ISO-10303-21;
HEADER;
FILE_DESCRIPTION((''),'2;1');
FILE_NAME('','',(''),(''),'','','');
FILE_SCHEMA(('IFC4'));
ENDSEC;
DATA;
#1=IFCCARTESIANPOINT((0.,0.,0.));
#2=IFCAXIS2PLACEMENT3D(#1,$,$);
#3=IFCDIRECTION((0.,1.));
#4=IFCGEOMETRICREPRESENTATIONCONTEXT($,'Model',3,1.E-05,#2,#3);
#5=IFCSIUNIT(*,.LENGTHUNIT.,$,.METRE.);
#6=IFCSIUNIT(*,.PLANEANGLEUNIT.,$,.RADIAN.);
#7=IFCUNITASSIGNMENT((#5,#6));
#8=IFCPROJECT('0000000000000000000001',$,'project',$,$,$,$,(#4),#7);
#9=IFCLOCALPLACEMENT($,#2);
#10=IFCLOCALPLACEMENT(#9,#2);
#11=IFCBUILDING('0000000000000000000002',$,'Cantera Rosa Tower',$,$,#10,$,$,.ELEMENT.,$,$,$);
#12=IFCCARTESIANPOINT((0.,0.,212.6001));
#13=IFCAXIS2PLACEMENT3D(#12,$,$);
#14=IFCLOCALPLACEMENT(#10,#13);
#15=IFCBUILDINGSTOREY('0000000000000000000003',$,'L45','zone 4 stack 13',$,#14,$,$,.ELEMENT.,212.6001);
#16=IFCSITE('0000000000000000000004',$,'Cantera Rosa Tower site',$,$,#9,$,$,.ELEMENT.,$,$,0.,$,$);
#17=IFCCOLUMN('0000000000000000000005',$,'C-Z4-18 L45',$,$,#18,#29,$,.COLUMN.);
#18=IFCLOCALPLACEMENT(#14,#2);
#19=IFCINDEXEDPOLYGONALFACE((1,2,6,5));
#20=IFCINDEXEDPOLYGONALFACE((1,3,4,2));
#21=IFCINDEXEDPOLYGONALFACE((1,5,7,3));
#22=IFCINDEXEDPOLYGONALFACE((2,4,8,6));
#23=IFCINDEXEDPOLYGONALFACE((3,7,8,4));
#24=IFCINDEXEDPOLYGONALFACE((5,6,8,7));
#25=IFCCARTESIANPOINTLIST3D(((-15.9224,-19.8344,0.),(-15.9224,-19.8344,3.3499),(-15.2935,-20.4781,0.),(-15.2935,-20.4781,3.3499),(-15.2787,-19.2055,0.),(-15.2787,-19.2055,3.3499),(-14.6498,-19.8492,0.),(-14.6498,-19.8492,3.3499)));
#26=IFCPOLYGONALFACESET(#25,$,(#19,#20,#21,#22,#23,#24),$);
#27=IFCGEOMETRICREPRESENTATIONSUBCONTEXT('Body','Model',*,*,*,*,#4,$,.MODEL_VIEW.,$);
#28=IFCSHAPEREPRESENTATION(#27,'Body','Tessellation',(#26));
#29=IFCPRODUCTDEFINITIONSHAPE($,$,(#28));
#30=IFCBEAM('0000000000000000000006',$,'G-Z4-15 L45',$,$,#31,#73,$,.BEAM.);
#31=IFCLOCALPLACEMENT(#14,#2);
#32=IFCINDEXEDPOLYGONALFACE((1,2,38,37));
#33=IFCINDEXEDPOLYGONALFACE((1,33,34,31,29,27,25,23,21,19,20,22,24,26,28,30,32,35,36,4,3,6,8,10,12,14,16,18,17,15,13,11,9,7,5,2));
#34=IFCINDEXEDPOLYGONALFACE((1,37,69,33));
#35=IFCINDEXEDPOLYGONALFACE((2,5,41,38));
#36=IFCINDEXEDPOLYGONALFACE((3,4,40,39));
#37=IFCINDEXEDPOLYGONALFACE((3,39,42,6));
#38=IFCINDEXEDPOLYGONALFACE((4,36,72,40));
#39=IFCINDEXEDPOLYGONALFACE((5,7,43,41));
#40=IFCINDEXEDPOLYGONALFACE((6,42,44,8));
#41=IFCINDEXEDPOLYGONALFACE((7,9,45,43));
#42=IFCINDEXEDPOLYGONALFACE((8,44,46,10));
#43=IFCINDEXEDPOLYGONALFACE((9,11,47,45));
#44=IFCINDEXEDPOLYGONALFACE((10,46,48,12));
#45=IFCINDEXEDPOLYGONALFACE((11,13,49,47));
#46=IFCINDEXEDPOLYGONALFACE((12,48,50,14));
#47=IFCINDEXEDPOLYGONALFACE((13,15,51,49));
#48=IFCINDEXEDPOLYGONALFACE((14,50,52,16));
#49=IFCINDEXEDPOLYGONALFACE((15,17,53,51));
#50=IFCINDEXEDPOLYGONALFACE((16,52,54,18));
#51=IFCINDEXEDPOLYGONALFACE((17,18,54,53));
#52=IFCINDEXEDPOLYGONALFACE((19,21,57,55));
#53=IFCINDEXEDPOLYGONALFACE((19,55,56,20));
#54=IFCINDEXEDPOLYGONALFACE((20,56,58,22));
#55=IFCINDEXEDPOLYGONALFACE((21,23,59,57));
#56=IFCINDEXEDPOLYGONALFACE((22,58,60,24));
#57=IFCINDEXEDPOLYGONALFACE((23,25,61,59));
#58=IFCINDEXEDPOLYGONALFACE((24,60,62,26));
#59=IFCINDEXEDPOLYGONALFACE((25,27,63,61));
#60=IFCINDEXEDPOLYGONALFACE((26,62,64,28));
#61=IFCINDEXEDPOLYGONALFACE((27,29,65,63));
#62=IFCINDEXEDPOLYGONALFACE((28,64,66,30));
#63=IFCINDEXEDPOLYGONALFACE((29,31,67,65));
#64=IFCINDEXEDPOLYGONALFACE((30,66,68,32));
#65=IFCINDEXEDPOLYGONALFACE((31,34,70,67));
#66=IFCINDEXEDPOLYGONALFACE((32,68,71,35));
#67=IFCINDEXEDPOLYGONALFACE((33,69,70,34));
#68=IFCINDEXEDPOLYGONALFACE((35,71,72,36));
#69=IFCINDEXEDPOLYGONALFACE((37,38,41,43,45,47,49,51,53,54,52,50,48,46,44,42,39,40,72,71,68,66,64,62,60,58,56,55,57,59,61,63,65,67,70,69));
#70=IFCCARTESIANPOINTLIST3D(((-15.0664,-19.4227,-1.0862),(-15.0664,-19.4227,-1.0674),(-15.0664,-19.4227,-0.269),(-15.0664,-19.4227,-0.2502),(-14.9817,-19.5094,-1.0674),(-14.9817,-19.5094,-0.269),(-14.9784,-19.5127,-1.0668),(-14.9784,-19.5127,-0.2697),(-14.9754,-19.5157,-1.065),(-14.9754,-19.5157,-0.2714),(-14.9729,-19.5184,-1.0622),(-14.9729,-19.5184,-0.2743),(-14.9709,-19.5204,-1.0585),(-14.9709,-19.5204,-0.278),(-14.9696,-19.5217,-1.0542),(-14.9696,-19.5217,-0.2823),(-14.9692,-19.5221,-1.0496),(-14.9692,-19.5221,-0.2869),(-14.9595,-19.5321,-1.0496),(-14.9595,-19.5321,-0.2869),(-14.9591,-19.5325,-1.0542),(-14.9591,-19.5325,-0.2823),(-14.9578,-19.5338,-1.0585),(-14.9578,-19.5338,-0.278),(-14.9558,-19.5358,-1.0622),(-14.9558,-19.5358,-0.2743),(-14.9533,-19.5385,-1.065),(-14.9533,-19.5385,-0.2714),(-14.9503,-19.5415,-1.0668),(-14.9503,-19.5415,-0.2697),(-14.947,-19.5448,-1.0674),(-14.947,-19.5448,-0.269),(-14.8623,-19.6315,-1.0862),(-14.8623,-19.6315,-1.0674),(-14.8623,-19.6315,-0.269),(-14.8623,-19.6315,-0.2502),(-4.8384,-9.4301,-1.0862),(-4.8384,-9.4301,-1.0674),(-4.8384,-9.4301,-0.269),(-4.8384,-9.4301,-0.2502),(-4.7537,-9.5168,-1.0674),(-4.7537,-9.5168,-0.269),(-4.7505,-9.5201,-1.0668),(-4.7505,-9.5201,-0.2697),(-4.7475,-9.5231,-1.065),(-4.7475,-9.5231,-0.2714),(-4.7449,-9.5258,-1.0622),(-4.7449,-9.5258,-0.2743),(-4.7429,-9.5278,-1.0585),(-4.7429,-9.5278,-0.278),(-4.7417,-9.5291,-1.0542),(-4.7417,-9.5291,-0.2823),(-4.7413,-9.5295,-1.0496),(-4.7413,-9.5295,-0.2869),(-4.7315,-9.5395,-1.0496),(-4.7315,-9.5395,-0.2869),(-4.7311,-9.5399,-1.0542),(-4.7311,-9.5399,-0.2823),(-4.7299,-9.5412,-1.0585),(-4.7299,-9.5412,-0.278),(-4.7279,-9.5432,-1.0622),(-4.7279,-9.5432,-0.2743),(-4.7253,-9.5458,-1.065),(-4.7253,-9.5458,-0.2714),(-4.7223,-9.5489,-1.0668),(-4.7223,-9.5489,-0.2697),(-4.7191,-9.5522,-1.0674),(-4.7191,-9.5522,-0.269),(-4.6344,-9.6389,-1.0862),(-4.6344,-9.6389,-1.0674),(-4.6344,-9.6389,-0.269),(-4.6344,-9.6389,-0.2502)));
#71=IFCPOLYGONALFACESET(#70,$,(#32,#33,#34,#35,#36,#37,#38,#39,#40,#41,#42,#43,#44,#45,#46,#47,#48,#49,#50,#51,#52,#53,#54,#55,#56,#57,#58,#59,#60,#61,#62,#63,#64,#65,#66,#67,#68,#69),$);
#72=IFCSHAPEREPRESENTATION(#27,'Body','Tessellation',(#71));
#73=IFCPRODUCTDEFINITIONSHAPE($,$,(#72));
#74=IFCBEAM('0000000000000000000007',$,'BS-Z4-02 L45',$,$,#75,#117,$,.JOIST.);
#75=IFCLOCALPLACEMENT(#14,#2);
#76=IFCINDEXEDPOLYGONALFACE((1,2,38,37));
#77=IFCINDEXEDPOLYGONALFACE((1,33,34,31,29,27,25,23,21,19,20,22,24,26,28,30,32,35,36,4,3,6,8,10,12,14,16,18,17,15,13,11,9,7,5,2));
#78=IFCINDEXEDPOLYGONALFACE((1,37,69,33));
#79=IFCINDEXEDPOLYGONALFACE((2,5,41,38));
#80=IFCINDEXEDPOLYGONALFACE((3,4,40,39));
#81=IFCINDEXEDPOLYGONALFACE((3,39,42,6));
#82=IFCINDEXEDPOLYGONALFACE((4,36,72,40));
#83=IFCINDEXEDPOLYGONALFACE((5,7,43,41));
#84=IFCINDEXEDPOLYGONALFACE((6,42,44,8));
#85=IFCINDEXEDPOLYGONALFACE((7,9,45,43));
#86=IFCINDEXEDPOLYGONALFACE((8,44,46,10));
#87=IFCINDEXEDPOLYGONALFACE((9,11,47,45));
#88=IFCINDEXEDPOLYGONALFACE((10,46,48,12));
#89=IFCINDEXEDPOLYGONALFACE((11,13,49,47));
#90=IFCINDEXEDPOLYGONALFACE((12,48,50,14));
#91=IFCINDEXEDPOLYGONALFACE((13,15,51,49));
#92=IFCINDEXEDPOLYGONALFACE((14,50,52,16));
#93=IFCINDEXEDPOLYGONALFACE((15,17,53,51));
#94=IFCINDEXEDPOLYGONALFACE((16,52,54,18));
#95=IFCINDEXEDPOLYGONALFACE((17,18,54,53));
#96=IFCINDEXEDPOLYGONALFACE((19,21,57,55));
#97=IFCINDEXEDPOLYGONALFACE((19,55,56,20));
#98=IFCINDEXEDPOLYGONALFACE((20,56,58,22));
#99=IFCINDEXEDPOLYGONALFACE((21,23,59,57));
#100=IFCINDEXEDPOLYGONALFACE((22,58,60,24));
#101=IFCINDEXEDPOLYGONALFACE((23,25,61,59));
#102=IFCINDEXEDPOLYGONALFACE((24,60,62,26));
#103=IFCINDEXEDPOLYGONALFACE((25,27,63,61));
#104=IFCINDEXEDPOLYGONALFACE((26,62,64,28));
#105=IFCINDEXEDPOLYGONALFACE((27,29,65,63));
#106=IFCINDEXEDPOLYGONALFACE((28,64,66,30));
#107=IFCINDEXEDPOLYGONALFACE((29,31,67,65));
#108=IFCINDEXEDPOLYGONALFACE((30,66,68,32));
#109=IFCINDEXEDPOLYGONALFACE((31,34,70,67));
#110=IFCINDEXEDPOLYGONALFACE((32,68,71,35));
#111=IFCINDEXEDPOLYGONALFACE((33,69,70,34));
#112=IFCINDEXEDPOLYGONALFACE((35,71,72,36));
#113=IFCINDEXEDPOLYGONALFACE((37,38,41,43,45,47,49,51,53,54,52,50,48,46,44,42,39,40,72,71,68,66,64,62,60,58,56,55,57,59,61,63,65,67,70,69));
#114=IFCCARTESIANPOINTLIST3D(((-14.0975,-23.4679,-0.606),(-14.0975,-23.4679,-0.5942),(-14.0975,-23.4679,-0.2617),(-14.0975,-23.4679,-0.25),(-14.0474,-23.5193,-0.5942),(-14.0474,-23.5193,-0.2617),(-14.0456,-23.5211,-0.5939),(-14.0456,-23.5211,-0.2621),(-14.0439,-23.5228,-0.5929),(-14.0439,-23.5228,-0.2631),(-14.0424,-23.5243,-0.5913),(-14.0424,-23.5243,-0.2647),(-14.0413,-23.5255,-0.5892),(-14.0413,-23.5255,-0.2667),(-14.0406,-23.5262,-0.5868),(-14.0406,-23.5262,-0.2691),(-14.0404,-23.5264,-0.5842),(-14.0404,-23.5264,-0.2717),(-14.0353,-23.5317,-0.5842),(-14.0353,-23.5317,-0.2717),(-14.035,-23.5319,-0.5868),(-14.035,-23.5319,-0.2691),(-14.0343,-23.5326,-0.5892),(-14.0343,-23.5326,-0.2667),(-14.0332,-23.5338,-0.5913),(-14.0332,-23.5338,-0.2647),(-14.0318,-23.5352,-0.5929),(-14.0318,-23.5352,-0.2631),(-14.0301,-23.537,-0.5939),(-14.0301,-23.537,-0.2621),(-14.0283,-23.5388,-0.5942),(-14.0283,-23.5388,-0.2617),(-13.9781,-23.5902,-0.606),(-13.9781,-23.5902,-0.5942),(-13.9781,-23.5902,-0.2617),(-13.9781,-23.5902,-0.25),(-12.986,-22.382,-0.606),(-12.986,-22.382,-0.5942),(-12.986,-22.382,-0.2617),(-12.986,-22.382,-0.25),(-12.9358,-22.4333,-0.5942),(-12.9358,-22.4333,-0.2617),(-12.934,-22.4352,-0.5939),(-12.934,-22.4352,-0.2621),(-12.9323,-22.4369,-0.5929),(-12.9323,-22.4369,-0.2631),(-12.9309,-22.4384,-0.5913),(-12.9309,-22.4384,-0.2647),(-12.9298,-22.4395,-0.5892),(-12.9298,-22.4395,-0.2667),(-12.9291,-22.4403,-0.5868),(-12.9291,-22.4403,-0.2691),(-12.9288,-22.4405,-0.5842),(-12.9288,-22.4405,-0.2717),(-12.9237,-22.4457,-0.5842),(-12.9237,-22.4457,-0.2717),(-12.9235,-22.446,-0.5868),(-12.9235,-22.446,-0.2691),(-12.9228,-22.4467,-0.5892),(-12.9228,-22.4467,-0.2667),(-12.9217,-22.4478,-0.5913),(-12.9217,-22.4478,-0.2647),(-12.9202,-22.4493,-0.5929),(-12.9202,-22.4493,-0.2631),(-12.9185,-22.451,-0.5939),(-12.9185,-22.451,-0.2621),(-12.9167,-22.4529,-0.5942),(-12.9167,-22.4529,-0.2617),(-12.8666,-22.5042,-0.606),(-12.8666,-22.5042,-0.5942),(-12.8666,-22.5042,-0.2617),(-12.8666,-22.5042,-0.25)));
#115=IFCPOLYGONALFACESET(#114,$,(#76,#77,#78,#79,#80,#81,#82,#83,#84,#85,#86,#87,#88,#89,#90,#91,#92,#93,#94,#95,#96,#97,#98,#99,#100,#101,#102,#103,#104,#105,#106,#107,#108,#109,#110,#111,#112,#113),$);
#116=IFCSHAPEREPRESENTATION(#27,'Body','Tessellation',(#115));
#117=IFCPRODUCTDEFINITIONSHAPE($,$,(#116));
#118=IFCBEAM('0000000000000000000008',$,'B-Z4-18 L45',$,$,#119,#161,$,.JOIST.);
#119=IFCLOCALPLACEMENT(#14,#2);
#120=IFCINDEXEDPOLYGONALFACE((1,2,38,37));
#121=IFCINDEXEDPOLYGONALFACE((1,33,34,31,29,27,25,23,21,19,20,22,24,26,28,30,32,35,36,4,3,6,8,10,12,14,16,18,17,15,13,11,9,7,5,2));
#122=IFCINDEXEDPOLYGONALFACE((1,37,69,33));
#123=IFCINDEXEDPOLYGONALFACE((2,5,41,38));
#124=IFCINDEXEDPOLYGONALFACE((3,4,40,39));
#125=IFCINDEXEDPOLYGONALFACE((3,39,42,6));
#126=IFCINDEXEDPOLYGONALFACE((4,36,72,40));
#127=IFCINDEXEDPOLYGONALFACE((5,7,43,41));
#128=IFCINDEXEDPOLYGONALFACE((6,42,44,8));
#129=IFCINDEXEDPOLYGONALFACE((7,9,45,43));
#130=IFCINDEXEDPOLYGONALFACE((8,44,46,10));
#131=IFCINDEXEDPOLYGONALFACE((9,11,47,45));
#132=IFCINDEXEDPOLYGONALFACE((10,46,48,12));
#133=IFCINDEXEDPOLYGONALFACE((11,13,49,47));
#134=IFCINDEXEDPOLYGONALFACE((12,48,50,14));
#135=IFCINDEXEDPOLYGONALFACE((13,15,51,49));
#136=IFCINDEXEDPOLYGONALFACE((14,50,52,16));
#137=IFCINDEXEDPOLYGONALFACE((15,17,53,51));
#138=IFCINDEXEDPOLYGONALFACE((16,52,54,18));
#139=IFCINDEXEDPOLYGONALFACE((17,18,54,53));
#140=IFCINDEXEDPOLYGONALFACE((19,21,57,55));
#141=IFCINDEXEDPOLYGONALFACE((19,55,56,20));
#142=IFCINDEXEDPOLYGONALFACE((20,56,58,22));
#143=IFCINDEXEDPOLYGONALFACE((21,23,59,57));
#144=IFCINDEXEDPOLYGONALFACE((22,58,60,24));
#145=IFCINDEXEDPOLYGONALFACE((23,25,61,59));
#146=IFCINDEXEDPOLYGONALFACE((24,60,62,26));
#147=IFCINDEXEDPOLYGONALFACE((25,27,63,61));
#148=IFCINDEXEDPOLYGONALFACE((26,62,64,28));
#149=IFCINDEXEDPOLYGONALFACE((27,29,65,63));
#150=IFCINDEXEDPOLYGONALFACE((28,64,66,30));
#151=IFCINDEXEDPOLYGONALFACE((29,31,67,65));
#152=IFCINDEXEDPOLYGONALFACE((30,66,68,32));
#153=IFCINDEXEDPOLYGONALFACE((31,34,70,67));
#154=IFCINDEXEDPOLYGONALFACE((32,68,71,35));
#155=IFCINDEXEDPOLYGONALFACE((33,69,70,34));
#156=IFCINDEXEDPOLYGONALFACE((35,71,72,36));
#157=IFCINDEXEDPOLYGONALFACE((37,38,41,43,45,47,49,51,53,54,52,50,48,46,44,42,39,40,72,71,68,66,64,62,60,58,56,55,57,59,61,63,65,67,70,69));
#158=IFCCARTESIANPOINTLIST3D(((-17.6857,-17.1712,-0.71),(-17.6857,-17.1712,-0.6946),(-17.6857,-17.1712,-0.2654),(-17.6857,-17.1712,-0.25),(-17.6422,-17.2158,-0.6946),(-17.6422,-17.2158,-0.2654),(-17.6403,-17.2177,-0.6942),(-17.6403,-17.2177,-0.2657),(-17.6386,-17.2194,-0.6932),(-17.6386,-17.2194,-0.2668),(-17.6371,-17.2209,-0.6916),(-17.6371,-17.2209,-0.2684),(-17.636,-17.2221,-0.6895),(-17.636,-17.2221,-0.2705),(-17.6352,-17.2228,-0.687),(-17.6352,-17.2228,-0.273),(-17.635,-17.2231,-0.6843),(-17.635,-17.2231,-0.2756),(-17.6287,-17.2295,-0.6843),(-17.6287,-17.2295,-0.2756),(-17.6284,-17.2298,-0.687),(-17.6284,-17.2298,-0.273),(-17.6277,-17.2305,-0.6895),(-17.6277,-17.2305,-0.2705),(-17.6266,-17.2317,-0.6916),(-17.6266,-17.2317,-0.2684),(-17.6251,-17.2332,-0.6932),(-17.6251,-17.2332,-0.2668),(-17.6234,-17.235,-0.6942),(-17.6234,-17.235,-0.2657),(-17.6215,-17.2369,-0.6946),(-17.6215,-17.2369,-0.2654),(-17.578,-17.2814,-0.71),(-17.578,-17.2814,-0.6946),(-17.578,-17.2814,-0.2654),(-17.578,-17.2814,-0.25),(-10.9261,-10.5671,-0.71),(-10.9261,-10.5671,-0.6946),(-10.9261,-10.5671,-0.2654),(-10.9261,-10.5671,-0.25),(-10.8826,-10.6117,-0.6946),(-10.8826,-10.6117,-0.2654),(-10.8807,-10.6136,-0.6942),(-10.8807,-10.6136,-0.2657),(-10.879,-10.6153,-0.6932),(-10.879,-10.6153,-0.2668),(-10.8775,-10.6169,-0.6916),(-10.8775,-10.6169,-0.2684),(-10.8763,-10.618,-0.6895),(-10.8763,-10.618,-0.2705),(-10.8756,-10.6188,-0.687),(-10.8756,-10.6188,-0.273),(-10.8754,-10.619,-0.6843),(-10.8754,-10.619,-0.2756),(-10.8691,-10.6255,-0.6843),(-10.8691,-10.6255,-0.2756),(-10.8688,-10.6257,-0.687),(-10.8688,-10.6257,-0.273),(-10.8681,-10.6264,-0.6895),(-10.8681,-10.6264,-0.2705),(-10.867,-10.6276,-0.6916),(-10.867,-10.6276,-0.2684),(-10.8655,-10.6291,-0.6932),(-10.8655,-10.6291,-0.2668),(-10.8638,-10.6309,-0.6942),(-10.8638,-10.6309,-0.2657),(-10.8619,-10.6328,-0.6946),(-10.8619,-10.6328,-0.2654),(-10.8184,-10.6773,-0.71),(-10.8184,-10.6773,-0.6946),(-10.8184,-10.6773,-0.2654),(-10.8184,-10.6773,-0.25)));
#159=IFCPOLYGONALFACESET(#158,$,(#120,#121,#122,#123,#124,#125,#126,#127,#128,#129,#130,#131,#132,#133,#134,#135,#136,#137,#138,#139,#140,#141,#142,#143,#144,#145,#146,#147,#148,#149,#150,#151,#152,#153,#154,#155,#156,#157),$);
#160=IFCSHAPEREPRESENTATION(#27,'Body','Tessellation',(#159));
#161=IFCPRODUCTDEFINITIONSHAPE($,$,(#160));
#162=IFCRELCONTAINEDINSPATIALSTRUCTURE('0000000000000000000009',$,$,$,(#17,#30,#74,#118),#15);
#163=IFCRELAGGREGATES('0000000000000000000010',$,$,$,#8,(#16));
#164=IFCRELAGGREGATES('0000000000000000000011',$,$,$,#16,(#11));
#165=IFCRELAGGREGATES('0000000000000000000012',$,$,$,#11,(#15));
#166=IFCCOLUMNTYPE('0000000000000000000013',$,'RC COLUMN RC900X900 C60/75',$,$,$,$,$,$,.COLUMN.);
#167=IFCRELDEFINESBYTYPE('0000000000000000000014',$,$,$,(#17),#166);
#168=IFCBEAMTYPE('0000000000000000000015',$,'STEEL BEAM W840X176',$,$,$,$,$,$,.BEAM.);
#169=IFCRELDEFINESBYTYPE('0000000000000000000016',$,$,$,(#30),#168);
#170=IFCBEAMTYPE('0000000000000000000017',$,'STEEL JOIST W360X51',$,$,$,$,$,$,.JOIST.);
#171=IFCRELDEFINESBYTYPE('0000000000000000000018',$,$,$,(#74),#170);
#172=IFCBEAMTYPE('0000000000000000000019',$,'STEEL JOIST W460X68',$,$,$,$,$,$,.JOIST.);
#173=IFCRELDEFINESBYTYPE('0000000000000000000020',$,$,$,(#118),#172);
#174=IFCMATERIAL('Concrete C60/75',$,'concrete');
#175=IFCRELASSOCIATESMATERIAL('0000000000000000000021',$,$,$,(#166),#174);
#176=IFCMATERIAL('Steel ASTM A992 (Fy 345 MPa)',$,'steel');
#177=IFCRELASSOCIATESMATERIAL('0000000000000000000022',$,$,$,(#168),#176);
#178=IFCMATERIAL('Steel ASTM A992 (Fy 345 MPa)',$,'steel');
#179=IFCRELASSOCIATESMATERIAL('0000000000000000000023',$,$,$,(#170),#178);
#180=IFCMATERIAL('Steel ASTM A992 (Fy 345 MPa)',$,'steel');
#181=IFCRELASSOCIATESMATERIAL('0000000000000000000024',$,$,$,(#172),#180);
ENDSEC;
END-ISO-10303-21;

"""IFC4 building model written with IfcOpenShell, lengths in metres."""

from ifc_helpers import new_model, si_unit, direction, frame, origin, origin_2d, place, context, subcontext, project, spatial, rectangle, i_section, extrude, material, material_profile, profile_set, type_object, element, save


model = new_model("IFC4")

# Units and contexts
model_context = context("Model", 3, precision=1e-05, world=origin(), true_north=direction((0.0, 1.0)))
body_context = subcontext(model_context, "Body", "Model", "MODEL_VIEW")
ifc_project = project(units=[si_unit("LENGTHUNIT", "METRE"), si_unit("PLANEANGLEUNIT", "RADIAN")], contexts=[model_context])

# Site, building, storey
site_placement = place(None, origin())
site = spatial("IfcSite", under=ifc_project, at=site_placement, Name="Cantera Rosa Tower site", CompositionType="ELEMENT", RefElevation=0.0)
building_placement = place(site_placement, origin())
building = spatial("IfcBuilding", under=site, at=building_placement, Name="Cantera Rosa Tower", CompositionType="ELEMENT")
storey_placement = place(building_placement, frame((0.0, 0.0, 212.6001)))
storey = spatial("IfcBuildingStorey", under=building, at=storey_placement, Name="L45", Description="zone 4 stack 13", CompositionType="ELEMENT", Elevation=212.6001)

# Column
ifc_material_1 = material(Name="Concrete C60/75", Category="concrete")
ifc_material_profile_1 = material_profile(ifc_material_1, rectangle(XDim=0.8999, YDim=0.8999, at=origin_2d()), Name="RC COLUMN RC900X900 C60/75")
ifc_profile_set_1 = profile_set([ifc_material_profile_1], Name="Concrete C60/75")
column_type = type_object("IfcColumnType", Name="RC COLUMN RC900X900 C60/75", PredefinedType="COLUMN", material=ifc_profile_set_1)
column_placement = place(storey_placement, frame((-15.2861, -19.8418, 0.0), z_axis=(0.0, 0.0, 1.0), x_axis=(0.715286, 0.698832, 0.0)))
element("IfcColumn", 1, at=column_placement, inside=storey, type_object=column_type, Name="C-Z4-18 L45", PredefinedType="COLUMN", context=body_context, shape_type="SweptSolid", body=[
    extrude(rectangle(XDim=0.8999, YDim=0.8999, at=origin_2d()), origin(), (0.0, 0.0, 1.0), 3.3499),
])

# Beams
ifc_material_2 = material(Name="Steel ASTM A992 (Fy 345 MPa)", Category="steel")
ifc_material_profile_2 = material_profile(ifc_material_2, i_section(OverallWidth=0.292, OverallDepth=0.8359, WebThickness=0.0139, FlangeThickness=0.0188, FilletRadius=0.0178, at=origin_2d()), Name="W840X176")
ifc_profile_set_2 = profile_set([ifc_material_profile_2], Name="Steel ASTM A992 (Fy 345 MPa)")
beam_type_1 = type_object("IfcBeamType", Name="STEEL BEAM W840X176", PredefinedType="BEAM", material=ifc_profile_set_2)
beam_1_placement = place(storey_placement, frame((-14.9644, -19.5271, -0.6682), z_axis=(0.715288, 0.698829, 0.0), x_axis=(-0.698829, 0.715288, 0.0)))
element("IfcBeam", 2, at=beam_1_placement, inside=storey, type_object=beam_type_1, Name="G-Z4-15 L45", PredefinedType="BEAM", context=body_context, shape_type="SweptSolid", body=[
    extrude(i_section(OverallWidth=0.292, OverallDepth=0.8359, WebThickness=0.0139, FlangeThickness=0.0188, FilletRadius=0.0178, at=origin_2d()), origin(), (0.0, 0.0, 1.0), 14.2991),
])
ifc_material_3 = material(Name="Steel ASTM A992 (Fy 345 MPa)", Category="steel")
ifc_material_profile_3 = material_profile(ifc_material_3, i_section(OverallWidth=0.1709, OverallDepth=0.356, WebThickness=0.0073, FlangeThickness=0.0117, FilletRadius=0.01, at=origin_2d()), Name="W360X51")
ifc_profile_set_3 = profile_set([ifc_material_profile_3], Name="Steel ASTM A992 (Fy 345 MPa)")
beam_type_2 = type_object("IfcBeamType", Name="STEEL JOIST W360X51", PredefinedType="JOIST", material=ifc_profile_set_3)
beam_2_placement = place(storey_placement, frame((-12.9263, -22.4431, -0.428), z_axis=(-0.715307, -0.698811, 0.0), x_axis=(0.698811, -0.715307, 0.0)))
element("IfcBeam", 3, at=beam_2_placement, inside=storey, type_object=beam_type_2, Name="BS-Z4-02 L45", PredefinedType="JOIST", context=body_context, shape_type="SweptSolid", body=[
    extrude(i_section(OverallWidth=0.1709, OverallDepth=0.356, WebThickness=0.0073, FlangeThickness=0.0117, FilletRadius=0.01, at=origin_2d()), origin(), (0.0, 0.0, 1.0), 1.554),
])
ifc_material_4 = material(Name="Steel ASTM A992 (Fy 345 MPa)", Category="steel")
ifc_material_profile_4 = material_profile(ifc_material_4, i_section(OverallWidth=0.1541, OverallDepth=0.46, WebThickness=0.009, FlangeThickness=0.0154, FilletRadius=0.0103, at=origin_2d()), Name="W460X68")
ifc_profile_set_4 = profile_set([ifc_material_profile_4], Name="Steel ASTM A992 (Fy 345 MPa)")
beam_type_3 = type_object("IfcBeamType", Name="STEEL JOIST W460X68", PredefinedType="JOIST", material=ifc_profile_set_4)
beam_3_placement = place(storey_placement, frame((-17.6318, -17.2263, -0.48), z_axis=(0.715287, 0.698831, 0.0), x_axis=(-0.698831, 0.715287, 0.0)))
element("IfcBeam", 4, at=beam_3_placement, inside=storey, type_object=beam_type_3, Name="B-Z4-18 L45", PredefinedType="JOIST", context=body_context, shape_type="SweptSolid", body=[
    extrude(i_section(OverallWidth=0.1541, OverallDepth=0.46, WebThickness=0.009, FlangeThickness=0.0154, FilletRadius=0.0103, at=origin_2d()), origin(), (0.0, 0.0, 1.0), 9.4502),
])

save(model, "model.ifc")
